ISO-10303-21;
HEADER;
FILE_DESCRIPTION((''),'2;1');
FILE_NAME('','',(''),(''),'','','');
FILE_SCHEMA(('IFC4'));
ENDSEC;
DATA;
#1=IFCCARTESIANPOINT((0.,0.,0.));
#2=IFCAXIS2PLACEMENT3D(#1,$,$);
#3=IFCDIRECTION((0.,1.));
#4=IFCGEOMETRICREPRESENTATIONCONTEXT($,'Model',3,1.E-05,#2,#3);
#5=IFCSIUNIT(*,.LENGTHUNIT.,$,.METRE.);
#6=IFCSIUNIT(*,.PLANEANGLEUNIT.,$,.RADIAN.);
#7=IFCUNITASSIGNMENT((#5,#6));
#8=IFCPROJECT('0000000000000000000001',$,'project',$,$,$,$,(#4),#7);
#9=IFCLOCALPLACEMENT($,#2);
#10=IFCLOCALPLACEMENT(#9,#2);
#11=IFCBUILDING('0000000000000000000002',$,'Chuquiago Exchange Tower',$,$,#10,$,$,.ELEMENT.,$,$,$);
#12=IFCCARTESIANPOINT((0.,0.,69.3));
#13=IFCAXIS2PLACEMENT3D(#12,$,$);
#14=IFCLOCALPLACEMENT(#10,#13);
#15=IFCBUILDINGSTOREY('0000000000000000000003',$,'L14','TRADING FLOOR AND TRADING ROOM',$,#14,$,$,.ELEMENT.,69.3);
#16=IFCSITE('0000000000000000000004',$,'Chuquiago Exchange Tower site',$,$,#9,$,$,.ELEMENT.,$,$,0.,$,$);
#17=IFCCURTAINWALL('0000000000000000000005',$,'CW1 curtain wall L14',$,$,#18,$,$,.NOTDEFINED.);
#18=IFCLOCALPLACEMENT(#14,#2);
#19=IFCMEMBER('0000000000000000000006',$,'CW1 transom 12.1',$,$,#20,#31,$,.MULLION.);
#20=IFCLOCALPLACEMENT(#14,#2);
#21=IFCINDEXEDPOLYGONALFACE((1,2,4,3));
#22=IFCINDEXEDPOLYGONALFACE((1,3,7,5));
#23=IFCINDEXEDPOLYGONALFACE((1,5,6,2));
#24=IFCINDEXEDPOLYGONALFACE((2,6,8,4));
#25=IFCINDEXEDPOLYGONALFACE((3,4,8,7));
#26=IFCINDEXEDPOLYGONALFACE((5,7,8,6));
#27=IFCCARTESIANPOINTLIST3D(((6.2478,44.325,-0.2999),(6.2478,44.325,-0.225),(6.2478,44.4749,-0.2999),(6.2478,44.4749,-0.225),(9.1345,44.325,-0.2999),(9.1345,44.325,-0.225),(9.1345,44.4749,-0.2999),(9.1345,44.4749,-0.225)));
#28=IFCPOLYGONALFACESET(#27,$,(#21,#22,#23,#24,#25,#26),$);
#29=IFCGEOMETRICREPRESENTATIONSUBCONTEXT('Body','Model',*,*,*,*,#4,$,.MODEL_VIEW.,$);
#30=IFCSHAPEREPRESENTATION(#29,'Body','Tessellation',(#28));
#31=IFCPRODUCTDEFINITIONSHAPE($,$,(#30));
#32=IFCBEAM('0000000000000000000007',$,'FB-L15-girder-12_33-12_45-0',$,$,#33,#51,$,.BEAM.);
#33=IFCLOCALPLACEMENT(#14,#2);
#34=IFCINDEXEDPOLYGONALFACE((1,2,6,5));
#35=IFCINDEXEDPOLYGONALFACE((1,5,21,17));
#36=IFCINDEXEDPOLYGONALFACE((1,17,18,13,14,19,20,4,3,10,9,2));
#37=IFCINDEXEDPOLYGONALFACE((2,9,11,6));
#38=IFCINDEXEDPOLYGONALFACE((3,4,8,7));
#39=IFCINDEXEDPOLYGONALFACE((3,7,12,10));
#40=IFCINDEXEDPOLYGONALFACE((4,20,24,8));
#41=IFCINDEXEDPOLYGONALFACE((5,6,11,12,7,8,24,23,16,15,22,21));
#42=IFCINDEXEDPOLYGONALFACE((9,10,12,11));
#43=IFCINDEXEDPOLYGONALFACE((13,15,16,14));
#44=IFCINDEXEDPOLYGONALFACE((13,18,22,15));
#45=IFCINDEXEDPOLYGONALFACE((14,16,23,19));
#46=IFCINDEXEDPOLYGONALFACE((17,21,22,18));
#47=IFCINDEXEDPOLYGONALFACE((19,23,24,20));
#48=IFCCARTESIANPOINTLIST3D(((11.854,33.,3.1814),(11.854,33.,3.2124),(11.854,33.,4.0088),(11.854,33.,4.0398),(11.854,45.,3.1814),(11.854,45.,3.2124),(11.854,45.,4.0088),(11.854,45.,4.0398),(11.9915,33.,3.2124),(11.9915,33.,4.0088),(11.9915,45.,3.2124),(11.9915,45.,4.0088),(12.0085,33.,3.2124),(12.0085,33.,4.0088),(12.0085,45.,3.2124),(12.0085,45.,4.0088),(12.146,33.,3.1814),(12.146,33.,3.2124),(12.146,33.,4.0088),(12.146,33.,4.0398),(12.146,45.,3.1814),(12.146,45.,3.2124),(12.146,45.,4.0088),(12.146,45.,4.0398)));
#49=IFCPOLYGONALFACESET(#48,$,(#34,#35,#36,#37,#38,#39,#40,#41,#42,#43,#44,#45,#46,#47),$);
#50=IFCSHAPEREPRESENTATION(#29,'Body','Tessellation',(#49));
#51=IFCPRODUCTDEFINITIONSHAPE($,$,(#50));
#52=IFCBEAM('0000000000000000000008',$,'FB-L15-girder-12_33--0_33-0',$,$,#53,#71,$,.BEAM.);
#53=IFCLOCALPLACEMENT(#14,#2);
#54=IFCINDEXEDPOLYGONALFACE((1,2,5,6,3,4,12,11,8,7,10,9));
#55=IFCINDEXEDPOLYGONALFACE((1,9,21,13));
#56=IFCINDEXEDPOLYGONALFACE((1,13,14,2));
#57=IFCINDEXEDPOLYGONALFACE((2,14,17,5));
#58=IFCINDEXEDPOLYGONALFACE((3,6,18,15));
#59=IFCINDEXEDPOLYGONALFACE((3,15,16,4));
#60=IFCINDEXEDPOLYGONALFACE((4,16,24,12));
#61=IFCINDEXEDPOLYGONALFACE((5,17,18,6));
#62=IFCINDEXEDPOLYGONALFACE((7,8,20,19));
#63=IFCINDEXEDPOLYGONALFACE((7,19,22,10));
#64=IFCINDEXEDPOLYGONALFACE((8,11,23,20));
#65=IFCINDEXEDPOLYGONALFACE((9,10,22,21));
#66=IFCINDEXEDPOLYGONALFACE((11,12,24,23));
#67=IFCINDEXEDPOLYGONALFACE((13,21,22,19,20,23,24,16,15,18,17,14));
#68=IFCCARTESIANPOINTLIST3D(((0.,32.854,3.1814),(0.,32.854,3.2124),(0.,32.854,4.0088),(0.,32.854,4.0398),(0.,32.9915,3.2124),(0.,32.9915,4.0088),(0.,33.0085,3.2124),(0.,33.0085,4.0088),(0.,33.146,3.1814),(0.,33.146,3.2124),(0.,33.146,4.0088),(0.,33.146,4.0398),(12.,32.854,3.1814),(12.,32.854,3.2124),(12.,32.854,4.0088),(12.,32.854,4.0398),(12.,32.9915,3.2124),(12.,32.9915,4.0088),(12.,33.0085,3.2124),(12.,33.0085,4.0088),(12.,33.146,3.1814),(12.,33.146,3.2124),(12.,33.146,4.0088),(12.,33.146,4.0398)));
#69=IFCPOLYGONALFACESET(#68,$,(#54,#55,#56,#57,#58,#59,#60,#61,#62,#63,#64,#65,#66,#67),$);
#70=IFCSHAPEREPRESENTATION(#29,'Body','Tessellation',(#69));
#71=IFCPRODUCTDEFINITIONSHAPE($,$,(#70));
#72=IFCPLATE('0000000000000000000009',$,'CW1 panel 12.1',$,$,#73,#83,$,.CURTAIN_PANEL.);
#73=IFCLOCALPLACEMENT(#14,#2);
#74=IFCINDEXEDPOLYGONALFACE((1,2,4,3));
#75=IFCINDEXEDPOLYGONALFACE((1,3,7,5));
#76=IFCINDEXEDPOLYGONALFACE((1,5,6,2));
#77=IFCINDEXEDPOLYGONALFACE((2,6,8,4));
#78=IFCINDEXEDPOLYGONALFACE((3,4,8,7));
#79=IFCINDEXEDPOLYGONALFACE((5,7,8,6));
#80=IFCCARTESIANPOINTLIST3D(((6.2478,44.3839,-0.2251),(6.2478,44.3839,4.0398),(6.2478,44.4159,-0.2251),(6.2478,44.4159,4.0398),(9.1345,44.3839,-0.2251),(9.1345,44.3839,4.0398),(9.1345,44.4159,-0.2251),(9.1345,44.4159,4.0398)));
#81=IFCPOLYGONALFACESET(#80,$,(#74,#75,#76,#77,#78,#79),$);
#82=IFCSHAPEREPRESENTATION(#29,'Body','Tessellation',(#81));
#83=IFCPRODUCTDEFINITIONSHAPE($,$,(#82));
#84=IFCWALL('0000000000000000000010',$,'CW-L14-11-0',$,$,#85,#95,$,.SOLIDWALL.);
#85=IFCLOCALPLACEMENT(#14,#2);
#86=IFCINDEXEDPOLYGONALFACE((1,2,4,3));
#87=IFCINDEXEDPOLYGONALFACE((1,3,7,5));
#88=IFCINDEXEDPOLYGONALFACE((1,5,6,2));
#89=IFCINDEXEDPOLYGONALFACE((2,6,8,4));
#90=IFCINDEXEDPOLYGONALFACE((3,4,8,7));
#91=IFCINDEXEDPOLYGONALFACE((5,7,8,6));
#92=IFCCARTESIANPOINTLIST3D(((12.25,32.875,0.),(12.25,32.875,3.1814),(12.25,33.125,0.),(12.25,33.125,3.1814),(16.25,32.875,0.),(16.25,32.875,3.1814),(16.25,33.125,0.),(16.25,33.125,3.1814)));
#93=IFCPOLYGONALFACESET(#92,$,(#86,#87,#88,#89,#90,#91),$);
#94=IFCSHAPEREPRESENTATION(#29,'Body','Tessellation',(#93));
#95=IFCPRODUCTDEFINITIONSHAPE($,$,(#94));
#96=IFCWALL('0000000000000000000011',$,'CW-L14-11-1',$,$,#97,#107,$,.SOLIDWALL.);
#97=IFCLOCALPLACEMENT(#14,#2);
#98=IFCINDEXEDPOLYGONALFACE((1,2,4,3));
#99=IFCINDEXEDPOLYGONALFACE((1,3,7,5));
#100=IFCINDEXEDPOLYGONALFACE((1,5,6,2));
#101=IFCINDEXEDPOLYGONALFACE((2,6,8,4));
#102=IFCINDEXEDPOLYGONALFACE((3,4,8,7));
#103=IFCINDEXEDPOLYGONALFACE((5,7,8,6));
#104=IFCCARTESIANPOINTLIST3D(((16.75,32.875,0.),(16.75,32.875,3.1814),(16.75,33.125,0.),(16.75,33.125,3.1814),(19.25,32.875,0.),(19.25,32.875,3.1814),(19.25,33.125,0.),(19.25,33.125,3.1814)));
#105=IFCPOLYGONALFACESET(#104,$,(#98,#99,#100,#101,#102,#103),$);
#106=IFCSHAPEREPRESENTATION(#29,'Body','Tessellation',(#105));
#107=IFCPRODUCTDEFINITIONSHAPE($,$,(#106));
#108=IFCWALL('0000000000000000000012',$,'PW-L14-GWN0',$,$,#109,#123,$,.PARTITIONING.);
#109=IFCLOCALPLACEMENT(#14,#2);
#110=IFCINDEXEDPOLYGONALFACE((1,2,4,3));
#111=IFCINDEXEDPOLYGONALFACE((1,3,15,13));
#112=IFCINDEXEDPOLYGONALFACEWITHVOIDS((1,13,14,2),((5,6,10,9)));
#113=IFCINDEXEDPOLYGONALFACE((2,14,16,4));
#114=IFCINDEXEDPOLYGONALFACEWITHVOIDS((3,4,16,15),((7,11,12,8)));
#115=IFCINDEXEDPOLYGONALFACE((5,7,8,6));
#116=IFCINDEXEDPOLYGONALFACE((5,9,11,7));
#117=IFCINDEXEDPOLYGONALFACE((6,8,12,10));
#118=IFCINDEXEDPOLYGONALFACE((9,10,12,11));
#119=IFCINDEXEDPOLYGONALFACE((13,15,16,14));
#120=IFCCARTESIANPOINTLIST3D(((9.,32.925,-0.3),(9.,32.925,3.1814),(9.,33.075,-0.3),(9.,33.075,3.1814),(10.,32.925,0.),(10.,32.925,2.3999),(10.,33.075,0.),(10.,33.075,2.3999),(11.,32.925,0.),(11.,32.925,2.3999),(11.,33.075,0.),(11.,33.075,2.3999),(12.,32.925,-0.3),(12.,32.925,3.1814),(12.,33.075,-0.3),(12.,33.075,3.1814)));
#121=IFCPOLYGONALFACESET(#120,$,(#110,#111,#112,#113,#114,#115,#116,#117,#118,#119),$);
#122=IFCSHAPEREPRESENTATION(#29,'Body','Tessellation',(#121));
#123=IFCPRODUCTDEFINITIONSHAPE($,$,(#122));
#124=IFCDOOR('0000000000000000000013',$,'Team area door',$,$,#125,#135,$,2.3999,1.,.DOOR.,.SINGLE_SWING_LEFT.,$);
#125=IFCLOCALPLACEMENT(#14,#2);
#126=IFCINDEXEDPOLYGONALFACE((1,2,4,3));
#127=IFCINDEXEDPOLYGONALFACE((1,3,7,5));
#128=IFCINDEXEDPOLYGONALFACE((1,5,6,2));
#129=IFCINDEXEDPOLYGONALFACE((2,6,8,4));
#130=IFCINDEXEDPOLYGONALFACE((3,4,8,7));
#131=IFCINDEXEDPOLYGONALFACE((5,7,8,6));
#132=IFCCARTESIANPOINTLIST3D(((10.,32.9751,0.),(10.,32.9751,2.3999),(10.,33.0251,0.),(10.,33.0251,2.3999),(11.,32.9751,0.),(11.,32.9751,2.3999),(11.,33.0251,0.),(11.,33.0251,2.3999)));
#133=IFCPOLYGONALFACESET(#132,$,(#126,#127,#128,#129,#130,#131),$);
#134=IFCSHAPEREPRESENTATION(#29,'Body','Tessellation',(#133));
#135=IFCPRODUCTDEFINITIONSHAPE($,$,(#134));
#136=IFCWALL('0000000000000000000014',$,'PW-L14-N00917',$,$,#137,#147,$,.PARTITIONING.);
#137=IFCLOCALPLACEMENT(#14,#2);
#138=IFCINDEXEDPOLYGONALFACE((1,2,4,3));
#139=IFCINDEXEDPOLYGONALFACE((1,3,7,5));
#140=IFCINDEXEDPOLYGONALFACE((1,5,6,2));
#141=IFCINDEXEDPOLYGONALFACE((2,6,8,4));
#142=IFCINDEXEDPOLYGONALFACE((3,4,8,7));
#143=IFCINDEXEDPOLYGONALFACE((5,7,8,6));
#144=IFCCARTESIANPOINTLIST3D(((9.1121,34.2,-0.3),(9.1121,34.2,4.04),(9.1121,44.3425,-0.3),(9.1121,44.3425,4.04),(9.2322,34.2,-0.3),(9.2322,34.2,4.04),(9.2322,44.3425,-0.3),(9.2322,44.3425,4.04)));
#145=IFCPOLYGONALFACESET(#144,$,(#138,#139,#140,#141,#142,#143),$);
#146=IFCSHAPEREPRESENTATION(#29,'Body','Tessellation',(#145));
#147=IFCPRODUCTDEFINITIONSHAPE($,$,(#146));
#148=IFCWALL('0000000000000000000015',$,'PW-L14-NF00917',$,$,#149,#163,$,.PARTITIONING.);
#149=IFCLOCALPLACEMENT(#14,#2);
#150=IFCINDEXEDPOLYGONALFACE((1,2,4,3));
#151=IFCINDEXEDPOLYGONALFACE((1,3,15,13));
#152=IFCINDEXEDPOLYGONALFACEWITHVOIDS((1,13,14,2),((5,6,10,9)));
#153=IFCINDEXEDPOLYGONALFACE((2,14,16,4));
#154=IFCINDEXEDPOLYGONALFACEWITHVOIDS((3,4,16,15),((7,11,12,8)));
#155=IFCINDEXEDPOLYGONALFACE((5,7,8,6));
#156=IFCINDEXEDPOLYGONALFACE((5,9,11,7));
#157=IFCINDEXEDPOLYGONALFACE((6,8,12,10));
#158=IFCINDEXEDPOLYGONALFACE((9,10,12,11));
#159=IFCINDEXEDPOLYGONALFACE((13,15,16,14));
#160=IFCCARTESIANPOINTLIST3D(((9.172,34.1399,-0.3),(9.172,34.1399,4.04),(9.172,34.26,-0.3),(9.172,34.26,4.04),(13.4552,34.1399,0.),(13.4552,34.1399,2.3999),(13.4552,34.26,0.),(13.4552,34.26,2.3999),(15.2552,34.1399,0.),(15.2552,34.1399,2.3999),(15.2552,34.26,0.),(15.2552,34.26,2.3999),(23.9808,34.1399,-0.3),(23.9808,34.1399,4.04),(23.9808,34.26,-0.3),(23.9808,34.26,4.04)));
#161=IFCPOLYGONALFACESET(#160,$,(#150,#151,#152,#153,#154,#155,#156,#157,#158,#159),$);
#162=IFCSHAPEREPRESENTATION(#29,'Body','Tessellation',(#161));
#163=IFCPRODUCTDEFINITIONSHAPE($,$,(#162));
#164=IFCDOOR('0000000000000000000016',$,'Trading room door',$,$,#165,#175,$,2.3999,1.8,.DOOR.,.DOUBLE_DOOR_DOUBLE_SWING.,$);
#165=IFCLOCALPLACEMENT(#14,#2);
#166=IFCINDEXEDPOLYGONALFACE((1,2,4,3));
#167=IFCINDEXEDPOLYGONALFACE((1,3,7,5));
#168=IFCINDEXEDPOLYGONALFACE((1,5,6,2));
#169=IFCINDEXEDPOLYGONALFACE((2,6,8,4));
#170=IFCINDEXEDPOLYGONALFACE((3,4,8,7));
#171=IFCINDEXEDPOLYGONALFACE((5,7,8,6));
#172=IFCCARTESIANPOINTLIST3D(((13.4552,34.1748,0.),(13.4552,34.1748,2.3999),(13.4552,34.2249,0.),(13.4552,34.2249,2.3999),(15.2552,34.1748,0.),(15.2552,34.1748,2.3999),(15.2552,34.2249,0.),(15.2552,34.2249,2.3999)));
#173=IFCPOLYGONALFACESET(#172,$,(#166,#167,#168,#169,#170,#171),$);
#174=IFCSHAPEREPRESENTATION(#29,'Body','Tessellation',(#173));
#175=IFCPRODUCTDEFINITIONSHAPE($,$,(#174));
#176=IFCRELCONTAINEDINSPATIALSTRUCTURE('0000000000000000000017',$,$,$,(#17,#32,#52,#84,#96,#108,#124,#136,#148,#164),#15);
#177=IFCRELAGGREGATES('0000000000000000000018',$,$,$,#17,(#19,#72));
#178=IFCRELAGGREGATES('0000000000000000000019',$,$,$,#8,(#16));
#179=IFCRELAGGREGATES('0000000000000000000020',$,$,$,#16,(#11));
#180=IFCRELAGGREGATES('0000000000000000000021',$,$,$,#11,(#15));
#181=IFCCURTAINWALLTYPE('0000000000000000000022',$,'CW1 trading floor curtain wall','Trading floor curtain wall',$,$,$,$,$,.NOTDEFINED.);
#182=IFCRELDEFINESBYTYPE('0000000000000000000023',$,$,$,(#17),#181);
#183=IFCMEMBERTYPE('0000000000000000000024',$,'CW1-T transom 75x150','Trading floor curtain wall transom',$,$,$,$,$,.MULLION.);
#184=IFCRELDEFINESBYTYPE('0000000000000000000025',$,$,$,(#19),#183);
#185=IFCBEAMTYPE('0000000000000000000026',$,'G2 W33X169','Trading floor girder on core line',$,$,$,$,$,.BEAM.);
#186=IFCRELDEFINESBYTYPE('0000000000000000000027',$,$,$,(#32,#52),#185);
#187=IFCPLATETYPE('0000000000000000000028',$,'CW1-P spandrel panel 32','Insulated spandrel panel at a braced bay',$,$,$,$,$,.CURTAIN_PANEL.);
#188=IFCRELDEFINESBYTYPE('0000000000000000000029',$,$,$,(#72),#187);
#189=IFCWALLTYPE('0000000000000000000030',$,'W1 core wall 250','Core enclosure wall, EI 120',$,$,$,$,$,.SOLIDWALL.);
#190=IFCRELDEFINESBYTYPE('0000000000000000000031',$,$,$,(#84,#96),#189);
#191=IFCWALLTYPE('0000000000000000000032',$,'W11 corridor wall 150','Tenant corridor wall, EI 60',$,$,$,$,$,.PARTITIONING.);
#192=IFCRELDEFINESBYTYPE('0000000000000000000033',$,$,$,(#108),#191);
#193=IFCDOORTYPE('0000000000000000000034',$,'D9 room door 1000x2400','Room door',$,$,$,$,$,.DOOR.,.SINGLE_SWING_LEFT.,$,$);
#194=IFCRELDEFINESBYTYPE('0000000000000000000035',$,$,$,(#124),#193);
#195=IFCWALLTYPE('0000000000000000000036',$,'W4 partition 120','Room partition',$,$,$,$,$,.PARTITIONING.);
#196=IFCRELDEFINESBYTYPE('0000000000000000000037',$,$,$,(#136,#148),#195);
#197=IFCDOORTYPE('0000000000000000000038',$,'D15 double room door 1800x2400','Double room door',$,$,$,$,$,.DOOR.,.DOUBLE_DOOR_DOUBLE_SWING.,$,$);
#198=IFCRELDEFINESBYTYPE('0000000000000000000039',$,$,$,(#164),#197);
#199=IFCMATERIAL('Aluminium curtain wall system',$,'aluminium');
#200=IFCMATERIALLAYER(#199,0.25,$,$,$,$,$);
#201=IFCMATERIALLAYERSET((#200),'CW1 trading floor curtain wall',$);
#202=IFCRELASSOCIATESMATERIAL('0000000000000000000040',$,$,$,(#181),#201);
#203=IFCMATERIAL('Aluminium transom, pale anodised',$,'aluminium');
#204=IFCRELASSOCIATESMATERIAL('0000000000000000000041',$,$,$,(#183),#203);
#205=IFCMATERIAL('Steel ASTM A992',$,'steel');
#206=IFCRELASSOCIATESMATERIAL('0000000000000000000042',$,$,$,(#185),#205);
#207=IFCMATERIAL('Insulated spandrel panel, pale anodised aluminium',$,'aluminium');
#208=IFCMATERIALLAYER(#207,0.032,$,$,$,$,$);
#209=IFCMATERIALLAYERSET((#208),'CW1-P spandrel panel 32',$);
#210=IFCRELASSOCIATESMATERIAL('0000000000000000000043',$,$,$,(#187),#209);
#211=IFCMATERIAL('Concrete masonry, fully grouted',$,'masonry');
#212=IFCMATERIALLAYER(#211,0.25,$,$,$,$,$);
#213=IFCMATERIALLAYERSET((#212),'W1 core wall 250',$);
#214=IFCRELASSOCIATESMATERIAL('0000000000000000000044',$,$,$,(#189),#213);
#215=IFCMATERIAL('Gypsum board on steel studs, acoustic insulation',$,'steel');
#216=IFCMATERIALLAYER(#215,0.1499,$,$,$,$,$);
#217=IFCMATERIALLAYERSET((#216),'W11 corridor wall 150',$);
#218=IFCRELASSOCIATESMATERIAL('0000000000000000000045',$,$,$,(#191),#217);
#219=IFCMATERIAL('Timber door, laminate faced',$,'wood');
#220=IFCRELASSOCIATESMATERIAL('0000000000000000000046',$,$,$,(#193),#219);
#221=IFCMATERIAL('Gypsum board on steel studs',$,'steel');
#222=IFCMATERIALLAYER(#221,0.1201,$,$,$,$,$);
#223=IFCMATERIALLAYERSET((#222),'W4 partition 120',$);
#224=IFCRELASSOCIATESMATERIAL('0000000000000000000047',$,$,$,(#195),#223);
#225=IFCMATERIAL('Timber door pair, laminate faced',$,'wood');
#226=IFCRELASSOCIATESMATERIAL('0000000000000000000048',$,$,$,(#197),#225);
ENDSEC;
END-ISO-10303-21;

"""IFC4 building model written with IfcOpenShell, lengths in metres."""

from ifc_helpers import new_model, si_unit, direction, frame, frame_2d, origin, origin_2d, place, context, subcontext, project, spatial, rectangle, i_section, extrude, material, layer, layer_set, material_profile, profile_set, type_object, element, fill, aggregate, save


model = new_model("IFC4")

# Units and contexts
model_context = context("Model", 3, precision=1e-05, world=origin(), true_north=direction((0.0, 1.0)))
body_context = subcontext(model_context, "Body", "Model", "MODEL_VIEW")
ifc_project = project(units=[si_unit("LENGTHUNIT", "METRE"), si_unit("PLANEANGLEUNIT", "RADIAN")], contexts=[model_context])

# Site, building, storey
site_placement = place(None, origin())
site = spatial("IfcSite", under=ifc_project, at=site_placement, Name="Chuquiago Exchange Tower site", CompositionType="ELEMENT", RefElevation=0.0)
building_placement = place(site_placement, origin())
building = spatial("IfcBuilding", under=site, at=building_placement, Name="Chuquiago Exchange Tower", CompositionType="ELEMENT")
storey_placement = place(building_placement, frame((0.0, 0.0, 69.3)))
storey = spatial("IfcBuildingStorey", under=building, at=storey_placement, Name="L14", Description="TRADING FLOOR AND TRADING ROOM", CompositionType="ELEMENT", Elevation=69.3)

# Curtain wall, member
ifc_material_1 = material(Name="Aluminium curtain wall system", Category="aluminium")
ifc_layer_1 = layer(ifc_material_1, 0.25)
ifc_layer_set_1 = layer_set([ifc_layer_1], Name="CW1 trading floor curtain wall")
curtain_wall_type = type_object("IfcCurtainWallType", Name="CW1 trading floor curtain wall", Description="Trading floor curtain wall", PredefinedType="NOTDEFINED", material=ifc_layer_set_1)
curtain_wall_placement = place(storey_placement, origin())
curtain_wall = element("IfcCurtainWall", 1, at=curtain_wall_placement, inside=storey, type_object=curtain_wall_type, Name="CW1 curtain wall L14", PredefinedType="NOTDEFINED")
ifc_material_2 = material(Name="Aluminium transom, pale anodised", Category="aluminium")
ifc_material_profile_1 = material_profile(ifc_material_2, rectangle(XDim=0.1499, YDim=0.075, at=origin_2d()), Name="AL 150x75")
ifc_profile_set_1 = profile_set([ifc_material_profile_1], Name="Aluminium transom, pale anodised")
member_type = type_object("IfcMemberType", Name="CW1-T transom 75x150", Description="Trading floor curtain wall transom", PredefinedType="MULLION", material=ifc_profile_set_1)
member_placement = place(storey_placement, frame((9.1345, 44.3999, -0.2625), z_axis=(-1.0, 0.0, 0.0), x_axis=(0.0, -1.0, 0.0)))
member = element("IfcMember", 2, at=member_placement, type_object=member_type, Name="CW1 transom 12.1", PredefinedType="MULLION", context=body_context, shape_type="SweptSolid", body=[
    extrude(rectangle(XDim=0.1499, YDim=0.075, at=origin_2d()), origin(), (0.0, 0.0, 1.0), 2.8867),
])

# Beams
ifc_material_3 = material(Name="Steel ASTM A992", Category="steel")
ifc_material_profile_2 = material_profile(ifc_material_3, i_section(OverallWidth=0.292, OverallDepth=0.8584, WebThickness=0.0171, FlangeThickness=0.031, at=origin_2d()), Name="W33X169")
ifc_profile_set_2 = profile_set([ifc_material_profile_2], Name="Steel ASTM A992")
beam_type_1 = type_object("IfcBeamType", Name="G2 W33X169", Description="Trading floor girder on core line", PredefinedType="BEAM", material=ifc_profile_set_2)
for number, where, z_axis, x_axis, name in (
    (3, (12.0, 33.0, 3.6106), (0.0, 1.0, 0.0), (-1.0, 0.0, 0.0), "FB-L15-girder-12_33-12_45-0"),
    (4, (12.0, 33.0, 3.6106), (-1.0, 0.0, 0.0), (0.0, -1.0, 0.0), "FB-L15-girder-12_33--0_33-0"),
):
    element("IfcBeam", number, at=place(storey_placement, frame(where, z_axis=z_axis, x_axis=x_axis)), inside=storey, type_object=beam_type_1, Name=name, PredefinedType="BEAM", context=body_context, shape_type="SweptSolid", body=[
        extrude(i_section(OverallWidth=0.292, OverallDepth=0.8584, WebThickness=0.0171, FlangeThickness=0.031, at=origin_2d()), origin(), (0.0, 0.0, 1.0), 12.0),
    ])

# Plate
ifc_material_4 = material(Name="Insulated spandrel panel, pale anodised aluminium", Category="aluminium")
ifc_layer_2 = layer(ifc_material_4, 0.032)
ifc_layer_set_2 = layer_set([ifc_layer_2], Name="CW1-P spandrel panel 32")
plate_type = type_object("IfcPlateType", Name="CW1-P spandrel panel 32", Description="Insulated spandrel panel at a braced bay", PredefinedType="CURTAIN_PANEL", material=ifc_layer_set_2)
plate_placement = place(storey_placement, frame((7.6912, 44.3999, -0.2251), z_axis=(0.0, 0.0, 1.0), x_axis=(-1.0, 0.0, 0.0)))
plate = element("IfcPlate", 5, at=plate_placement, type_object=plate_type, Name="CW1 panel 12.1", PredefinedType="CURTAIN_PANEL", context=body_context, shape_type="SweptSolid", body=[
    extrude(rectangle(XDim=2.8867, YDim=0.032, at=origin_2d()), origin(), (0.0, 0.0, 1.0), 4.2649),
])
aggregate(curtain_wall, [member, plate])

# Walls
ifc_material_5 = material(Name="Concrete masonry, fully grouted", Category="masonry")
ifc_layer_3 = layer(ifc_material_5, 0.25)
ifc_layer_set_3 = layer_set([ifc_layer_3], Name="W1 core wall 250")
wall_type_1 = type_object("IfcWallType", Name="W1 core wall 250", Description="Core enclosure wall, EI 120", PredefinedType="SOLIDWALL", material=ifc_layer_set_3)
wall_1_placement = place(storey_placement, frame((12.25, 33.0, 0.0), z_axis=(0.0, 0.0, 1.0), x_axis=(1.0, 0.0, 0.0)))
element("IfcWall", 6, at=wall_1_placement, inside=storey, type_object=wall_type_1, Name="CW-L14-11-0", PredefinedType="SOLIDWALL", context=body_context, shape_type="SweptSolid", body=[
    extrude(rectangle(XDim=4.0, YDim=0.25, at=frame_2d((2.0, 0.0))), origin(), (0.0, 0.0, 1.0), 3.1814),
])
wall_2_placement = place(storey_placement, frame((16.75, 33.0, 0.0), z_axis=(0.0, 0.0, 1.0), x_axis=(1.0, 0.0, 0.0)))
element("IfcWall", 7, at=wall_2_placement, inside=storey, type_object=wall_type_1, Name="CW-L14-11-1", PredefinedType="SOLIDWALL", context=body_context, shape_type="SweptSolid", body=[
    extrude(rectangle(XDim=2.5, YDim=0.25, at=frame_2d((1.25, 0.0))), origin(), (0.0, 0.0, 1.0), 3.1814),
])

# Wall, opening, door
ifc_material_6 = material(Name="Gypsum board on steel studs, acoustic insulation", Category="steel")
ifc_layer_4 = layer(ifc_material_6, 0.1499)
ifc_layer_set_4 = layer_set([ifc_layer_4], Name="W11 corridor wall 150")
wall_type_2 = type_object("IfcWallType", Name="W11 corridor wall 150", Description="Tenant corridor wall, EI 60", PredefinedType="PARTITIONING", material=ifc_layer_set_4)
wall_3_placement = place(storey_placement, frame((9.0, 33.0, -0.3), z_axis=(0.0, 0.0, 1.0), x_axis=(1.0, 0.0, 0.0)))
wall_3 = element("IfcWall", 8, at=wall_3_placement, inside=storey, type_object=wall_type_2, Name="PW-L14-GWN0", PredefinedType="PARTITIONING", context=body_context, shape_type="SweptSolid", body=[
    extrude(rectangle(XDim=3.0, YDim=0.1499, at=frame_2d((1.5, 0.0))), origin(), (0.0, 0.0, 1.0), 3.4814),
])
opening_1_placement = place(wall_3_placement, frame((1.0, 0.0, 0.3)))
opening_1 = element("IfcOpeningElement", 9, at=opening_1_placement, cuts=wall_3, PredefinedType="OPENING", context=body_context, shape_type="SweptSolid", body=[
    extrude(rectangle(XDim=1.0, YDim=2.3999, at=frame_2d((0.5, 1.2))), frame((0.0, 0.085, 0.0), z_axis=(0.0, -1.0, 0.0), x_axis=(1.0, 0.0, 0.0)), (0.0, 0.0, 1.0), 0.1699),
])
ifc_material_7 = material(Name="Timber door, laminate faced", Category="wood")
door_type_1 = type_object("IfcDoorType", Name="D9 room door 1000x2400", Description="Room door", OperationType="SINGLE_SWING_LEFT", PredefinedType="DOOR", material=ifc_material_7)
door_1_placement = place(opening_1_placement, frame((1.0, 0.0, 0.0), z_axis=(0.0, 0.0, 1.0), x_axis=(-1.0, 0.0, 0.0)))
door_1 = element("IfcDoor", 10, at=door_1_placement, inside=storey, type_object=door_type_1, Name="Team area door", OperationType="SINGLE_SWING_LEFT", OverallHeight=2.3999, OverallWidth=1.0, PredefinedType="DOOR", context=body_context, shape_type="SweptSolid", body=[
    extrude(rectangle(XDim=1.0, YDim=2.3999, at=frame_2d((0.5, 1.2))), frame((0.0, 0.0249, 0.0), z_axis=(0.0, -1.0, 0.0), x_axis=(1.0, 0.0, 0.0)), (0.0, 0.0, 1.0), 0.05),
])
fill(opening_1, door_1)

# Wall
ifc_material_8 = material(Name="Gypsum board on steel studs", Category="steel")
ifc_layer_5 = layer(ifc_material_8, 0.1201)
ifc_layer_set_5 = layer_set([ifc_layer_5], Name="W4 partition 120")
wall_type_3 = type_object("IfcWallType", Name="W4 partition 120", Description="Room partition", PredefinedType="PARTITIONING", material=ifc_layer_set_5)
wall_4_placement = place(storey_placement, frame((9.1721, 44.3425, -0.3), z_axis=(0.0, 0.0, 1.0), x_axis=(0.0, -1.0, 0.0)))
element("IfcWall", 11, at=wall_4_placement, inside=storey, type_object=wall_type_3, Name="PW-L14-N00917", PredefinedType="PARTITIONING", context=body_context, shape_type="SweptSolid", body=[
    extrude(rectangle(XDim=10.1426, YDim=0.1201, at=frame_2d((5.0713, 0.0))), origin(), (0.0, 0.0, 1.0), 4.3401),
])

# Wall, opening, door
wall_5_placement = place(storey_placement, frame((9.1721, 34.2, -0.3), z_axis=(0.0, 0.0, 1.0), x_axis=(1.0, 0.0, 0.0)))
wall_5 = element("IfcWall", 12, at=wall_5_placement, inside=storey, type_object=wall_type_3, Name="PW-L14-NF00917", PredefinedType="PARTITIONING", context=body_context, shape_type="SweptSolid", body=[
    extrude(rectangle(XDim=14.8088, YDim=0.1201, at=frame_2d((7.4043, 0.0))), origin(), (0.0, 0.0, 1.0), 4.3401),
])
opening_2_placement = place(wall_5_placement, frame((4.2832, 0.0, 0.3)))
opening_2 = element("IfcOpeningElement", 13, at=opening_2_placement, cuts=wall_5, PredefinedType="OPENING", context=body_context, shape_type="SweptSolid", body=[
    extrude(rectangle(XDim=1.8, YDim=2.3999, at=frame_2d((0.8999, 1.2))), frame((0.0, 0.0701, 0.0), z_axis=(0.0, -1.0, 0.0), x_axis=(1.0, 0.0, 0.0)), (0.0, 0.0, 1.0), 0.1401),
])
ifc_material_9 = material(Name="Timber door pair, laminate faced", Category="wood")
door_type_2 = type_object("IfcDoorType", Name="D15 double room door 1800x2400", Description="Double room door", OperationType="DOUBLE_DOOR_DOUBLE_SWING", PredefinedType="DOOR", material=ifc_material_9)
door_2_placement = place(opening_2_placement, origin())
door_2 = element("IfcDoor", 14, at=door_2_placement, inside=storey, type_object=door_type_2, Name="Trading room door", OperationType="DOUBLE_DOOR_DOUBLE_SWING", OverallHeight=2.3999, OverallWidth=1.8, PredefinedType="DOOR", context=body_context, shape_type="SweptSolid", body=[
    extrude(rectangle(XDim=1.8, YDim=2.3999, at=frame_2d((0.8999, 1.2))), frame((0.0, 0.0249, 0.0), z_axis=(0.0, -1.0, 0.0), x_axis=(1.0, 0.0, 0.0)), (0.0, 0.0, 1.0), 0.05),
])
fill(opening_2, door_2)

save(model, "model.ifc")
